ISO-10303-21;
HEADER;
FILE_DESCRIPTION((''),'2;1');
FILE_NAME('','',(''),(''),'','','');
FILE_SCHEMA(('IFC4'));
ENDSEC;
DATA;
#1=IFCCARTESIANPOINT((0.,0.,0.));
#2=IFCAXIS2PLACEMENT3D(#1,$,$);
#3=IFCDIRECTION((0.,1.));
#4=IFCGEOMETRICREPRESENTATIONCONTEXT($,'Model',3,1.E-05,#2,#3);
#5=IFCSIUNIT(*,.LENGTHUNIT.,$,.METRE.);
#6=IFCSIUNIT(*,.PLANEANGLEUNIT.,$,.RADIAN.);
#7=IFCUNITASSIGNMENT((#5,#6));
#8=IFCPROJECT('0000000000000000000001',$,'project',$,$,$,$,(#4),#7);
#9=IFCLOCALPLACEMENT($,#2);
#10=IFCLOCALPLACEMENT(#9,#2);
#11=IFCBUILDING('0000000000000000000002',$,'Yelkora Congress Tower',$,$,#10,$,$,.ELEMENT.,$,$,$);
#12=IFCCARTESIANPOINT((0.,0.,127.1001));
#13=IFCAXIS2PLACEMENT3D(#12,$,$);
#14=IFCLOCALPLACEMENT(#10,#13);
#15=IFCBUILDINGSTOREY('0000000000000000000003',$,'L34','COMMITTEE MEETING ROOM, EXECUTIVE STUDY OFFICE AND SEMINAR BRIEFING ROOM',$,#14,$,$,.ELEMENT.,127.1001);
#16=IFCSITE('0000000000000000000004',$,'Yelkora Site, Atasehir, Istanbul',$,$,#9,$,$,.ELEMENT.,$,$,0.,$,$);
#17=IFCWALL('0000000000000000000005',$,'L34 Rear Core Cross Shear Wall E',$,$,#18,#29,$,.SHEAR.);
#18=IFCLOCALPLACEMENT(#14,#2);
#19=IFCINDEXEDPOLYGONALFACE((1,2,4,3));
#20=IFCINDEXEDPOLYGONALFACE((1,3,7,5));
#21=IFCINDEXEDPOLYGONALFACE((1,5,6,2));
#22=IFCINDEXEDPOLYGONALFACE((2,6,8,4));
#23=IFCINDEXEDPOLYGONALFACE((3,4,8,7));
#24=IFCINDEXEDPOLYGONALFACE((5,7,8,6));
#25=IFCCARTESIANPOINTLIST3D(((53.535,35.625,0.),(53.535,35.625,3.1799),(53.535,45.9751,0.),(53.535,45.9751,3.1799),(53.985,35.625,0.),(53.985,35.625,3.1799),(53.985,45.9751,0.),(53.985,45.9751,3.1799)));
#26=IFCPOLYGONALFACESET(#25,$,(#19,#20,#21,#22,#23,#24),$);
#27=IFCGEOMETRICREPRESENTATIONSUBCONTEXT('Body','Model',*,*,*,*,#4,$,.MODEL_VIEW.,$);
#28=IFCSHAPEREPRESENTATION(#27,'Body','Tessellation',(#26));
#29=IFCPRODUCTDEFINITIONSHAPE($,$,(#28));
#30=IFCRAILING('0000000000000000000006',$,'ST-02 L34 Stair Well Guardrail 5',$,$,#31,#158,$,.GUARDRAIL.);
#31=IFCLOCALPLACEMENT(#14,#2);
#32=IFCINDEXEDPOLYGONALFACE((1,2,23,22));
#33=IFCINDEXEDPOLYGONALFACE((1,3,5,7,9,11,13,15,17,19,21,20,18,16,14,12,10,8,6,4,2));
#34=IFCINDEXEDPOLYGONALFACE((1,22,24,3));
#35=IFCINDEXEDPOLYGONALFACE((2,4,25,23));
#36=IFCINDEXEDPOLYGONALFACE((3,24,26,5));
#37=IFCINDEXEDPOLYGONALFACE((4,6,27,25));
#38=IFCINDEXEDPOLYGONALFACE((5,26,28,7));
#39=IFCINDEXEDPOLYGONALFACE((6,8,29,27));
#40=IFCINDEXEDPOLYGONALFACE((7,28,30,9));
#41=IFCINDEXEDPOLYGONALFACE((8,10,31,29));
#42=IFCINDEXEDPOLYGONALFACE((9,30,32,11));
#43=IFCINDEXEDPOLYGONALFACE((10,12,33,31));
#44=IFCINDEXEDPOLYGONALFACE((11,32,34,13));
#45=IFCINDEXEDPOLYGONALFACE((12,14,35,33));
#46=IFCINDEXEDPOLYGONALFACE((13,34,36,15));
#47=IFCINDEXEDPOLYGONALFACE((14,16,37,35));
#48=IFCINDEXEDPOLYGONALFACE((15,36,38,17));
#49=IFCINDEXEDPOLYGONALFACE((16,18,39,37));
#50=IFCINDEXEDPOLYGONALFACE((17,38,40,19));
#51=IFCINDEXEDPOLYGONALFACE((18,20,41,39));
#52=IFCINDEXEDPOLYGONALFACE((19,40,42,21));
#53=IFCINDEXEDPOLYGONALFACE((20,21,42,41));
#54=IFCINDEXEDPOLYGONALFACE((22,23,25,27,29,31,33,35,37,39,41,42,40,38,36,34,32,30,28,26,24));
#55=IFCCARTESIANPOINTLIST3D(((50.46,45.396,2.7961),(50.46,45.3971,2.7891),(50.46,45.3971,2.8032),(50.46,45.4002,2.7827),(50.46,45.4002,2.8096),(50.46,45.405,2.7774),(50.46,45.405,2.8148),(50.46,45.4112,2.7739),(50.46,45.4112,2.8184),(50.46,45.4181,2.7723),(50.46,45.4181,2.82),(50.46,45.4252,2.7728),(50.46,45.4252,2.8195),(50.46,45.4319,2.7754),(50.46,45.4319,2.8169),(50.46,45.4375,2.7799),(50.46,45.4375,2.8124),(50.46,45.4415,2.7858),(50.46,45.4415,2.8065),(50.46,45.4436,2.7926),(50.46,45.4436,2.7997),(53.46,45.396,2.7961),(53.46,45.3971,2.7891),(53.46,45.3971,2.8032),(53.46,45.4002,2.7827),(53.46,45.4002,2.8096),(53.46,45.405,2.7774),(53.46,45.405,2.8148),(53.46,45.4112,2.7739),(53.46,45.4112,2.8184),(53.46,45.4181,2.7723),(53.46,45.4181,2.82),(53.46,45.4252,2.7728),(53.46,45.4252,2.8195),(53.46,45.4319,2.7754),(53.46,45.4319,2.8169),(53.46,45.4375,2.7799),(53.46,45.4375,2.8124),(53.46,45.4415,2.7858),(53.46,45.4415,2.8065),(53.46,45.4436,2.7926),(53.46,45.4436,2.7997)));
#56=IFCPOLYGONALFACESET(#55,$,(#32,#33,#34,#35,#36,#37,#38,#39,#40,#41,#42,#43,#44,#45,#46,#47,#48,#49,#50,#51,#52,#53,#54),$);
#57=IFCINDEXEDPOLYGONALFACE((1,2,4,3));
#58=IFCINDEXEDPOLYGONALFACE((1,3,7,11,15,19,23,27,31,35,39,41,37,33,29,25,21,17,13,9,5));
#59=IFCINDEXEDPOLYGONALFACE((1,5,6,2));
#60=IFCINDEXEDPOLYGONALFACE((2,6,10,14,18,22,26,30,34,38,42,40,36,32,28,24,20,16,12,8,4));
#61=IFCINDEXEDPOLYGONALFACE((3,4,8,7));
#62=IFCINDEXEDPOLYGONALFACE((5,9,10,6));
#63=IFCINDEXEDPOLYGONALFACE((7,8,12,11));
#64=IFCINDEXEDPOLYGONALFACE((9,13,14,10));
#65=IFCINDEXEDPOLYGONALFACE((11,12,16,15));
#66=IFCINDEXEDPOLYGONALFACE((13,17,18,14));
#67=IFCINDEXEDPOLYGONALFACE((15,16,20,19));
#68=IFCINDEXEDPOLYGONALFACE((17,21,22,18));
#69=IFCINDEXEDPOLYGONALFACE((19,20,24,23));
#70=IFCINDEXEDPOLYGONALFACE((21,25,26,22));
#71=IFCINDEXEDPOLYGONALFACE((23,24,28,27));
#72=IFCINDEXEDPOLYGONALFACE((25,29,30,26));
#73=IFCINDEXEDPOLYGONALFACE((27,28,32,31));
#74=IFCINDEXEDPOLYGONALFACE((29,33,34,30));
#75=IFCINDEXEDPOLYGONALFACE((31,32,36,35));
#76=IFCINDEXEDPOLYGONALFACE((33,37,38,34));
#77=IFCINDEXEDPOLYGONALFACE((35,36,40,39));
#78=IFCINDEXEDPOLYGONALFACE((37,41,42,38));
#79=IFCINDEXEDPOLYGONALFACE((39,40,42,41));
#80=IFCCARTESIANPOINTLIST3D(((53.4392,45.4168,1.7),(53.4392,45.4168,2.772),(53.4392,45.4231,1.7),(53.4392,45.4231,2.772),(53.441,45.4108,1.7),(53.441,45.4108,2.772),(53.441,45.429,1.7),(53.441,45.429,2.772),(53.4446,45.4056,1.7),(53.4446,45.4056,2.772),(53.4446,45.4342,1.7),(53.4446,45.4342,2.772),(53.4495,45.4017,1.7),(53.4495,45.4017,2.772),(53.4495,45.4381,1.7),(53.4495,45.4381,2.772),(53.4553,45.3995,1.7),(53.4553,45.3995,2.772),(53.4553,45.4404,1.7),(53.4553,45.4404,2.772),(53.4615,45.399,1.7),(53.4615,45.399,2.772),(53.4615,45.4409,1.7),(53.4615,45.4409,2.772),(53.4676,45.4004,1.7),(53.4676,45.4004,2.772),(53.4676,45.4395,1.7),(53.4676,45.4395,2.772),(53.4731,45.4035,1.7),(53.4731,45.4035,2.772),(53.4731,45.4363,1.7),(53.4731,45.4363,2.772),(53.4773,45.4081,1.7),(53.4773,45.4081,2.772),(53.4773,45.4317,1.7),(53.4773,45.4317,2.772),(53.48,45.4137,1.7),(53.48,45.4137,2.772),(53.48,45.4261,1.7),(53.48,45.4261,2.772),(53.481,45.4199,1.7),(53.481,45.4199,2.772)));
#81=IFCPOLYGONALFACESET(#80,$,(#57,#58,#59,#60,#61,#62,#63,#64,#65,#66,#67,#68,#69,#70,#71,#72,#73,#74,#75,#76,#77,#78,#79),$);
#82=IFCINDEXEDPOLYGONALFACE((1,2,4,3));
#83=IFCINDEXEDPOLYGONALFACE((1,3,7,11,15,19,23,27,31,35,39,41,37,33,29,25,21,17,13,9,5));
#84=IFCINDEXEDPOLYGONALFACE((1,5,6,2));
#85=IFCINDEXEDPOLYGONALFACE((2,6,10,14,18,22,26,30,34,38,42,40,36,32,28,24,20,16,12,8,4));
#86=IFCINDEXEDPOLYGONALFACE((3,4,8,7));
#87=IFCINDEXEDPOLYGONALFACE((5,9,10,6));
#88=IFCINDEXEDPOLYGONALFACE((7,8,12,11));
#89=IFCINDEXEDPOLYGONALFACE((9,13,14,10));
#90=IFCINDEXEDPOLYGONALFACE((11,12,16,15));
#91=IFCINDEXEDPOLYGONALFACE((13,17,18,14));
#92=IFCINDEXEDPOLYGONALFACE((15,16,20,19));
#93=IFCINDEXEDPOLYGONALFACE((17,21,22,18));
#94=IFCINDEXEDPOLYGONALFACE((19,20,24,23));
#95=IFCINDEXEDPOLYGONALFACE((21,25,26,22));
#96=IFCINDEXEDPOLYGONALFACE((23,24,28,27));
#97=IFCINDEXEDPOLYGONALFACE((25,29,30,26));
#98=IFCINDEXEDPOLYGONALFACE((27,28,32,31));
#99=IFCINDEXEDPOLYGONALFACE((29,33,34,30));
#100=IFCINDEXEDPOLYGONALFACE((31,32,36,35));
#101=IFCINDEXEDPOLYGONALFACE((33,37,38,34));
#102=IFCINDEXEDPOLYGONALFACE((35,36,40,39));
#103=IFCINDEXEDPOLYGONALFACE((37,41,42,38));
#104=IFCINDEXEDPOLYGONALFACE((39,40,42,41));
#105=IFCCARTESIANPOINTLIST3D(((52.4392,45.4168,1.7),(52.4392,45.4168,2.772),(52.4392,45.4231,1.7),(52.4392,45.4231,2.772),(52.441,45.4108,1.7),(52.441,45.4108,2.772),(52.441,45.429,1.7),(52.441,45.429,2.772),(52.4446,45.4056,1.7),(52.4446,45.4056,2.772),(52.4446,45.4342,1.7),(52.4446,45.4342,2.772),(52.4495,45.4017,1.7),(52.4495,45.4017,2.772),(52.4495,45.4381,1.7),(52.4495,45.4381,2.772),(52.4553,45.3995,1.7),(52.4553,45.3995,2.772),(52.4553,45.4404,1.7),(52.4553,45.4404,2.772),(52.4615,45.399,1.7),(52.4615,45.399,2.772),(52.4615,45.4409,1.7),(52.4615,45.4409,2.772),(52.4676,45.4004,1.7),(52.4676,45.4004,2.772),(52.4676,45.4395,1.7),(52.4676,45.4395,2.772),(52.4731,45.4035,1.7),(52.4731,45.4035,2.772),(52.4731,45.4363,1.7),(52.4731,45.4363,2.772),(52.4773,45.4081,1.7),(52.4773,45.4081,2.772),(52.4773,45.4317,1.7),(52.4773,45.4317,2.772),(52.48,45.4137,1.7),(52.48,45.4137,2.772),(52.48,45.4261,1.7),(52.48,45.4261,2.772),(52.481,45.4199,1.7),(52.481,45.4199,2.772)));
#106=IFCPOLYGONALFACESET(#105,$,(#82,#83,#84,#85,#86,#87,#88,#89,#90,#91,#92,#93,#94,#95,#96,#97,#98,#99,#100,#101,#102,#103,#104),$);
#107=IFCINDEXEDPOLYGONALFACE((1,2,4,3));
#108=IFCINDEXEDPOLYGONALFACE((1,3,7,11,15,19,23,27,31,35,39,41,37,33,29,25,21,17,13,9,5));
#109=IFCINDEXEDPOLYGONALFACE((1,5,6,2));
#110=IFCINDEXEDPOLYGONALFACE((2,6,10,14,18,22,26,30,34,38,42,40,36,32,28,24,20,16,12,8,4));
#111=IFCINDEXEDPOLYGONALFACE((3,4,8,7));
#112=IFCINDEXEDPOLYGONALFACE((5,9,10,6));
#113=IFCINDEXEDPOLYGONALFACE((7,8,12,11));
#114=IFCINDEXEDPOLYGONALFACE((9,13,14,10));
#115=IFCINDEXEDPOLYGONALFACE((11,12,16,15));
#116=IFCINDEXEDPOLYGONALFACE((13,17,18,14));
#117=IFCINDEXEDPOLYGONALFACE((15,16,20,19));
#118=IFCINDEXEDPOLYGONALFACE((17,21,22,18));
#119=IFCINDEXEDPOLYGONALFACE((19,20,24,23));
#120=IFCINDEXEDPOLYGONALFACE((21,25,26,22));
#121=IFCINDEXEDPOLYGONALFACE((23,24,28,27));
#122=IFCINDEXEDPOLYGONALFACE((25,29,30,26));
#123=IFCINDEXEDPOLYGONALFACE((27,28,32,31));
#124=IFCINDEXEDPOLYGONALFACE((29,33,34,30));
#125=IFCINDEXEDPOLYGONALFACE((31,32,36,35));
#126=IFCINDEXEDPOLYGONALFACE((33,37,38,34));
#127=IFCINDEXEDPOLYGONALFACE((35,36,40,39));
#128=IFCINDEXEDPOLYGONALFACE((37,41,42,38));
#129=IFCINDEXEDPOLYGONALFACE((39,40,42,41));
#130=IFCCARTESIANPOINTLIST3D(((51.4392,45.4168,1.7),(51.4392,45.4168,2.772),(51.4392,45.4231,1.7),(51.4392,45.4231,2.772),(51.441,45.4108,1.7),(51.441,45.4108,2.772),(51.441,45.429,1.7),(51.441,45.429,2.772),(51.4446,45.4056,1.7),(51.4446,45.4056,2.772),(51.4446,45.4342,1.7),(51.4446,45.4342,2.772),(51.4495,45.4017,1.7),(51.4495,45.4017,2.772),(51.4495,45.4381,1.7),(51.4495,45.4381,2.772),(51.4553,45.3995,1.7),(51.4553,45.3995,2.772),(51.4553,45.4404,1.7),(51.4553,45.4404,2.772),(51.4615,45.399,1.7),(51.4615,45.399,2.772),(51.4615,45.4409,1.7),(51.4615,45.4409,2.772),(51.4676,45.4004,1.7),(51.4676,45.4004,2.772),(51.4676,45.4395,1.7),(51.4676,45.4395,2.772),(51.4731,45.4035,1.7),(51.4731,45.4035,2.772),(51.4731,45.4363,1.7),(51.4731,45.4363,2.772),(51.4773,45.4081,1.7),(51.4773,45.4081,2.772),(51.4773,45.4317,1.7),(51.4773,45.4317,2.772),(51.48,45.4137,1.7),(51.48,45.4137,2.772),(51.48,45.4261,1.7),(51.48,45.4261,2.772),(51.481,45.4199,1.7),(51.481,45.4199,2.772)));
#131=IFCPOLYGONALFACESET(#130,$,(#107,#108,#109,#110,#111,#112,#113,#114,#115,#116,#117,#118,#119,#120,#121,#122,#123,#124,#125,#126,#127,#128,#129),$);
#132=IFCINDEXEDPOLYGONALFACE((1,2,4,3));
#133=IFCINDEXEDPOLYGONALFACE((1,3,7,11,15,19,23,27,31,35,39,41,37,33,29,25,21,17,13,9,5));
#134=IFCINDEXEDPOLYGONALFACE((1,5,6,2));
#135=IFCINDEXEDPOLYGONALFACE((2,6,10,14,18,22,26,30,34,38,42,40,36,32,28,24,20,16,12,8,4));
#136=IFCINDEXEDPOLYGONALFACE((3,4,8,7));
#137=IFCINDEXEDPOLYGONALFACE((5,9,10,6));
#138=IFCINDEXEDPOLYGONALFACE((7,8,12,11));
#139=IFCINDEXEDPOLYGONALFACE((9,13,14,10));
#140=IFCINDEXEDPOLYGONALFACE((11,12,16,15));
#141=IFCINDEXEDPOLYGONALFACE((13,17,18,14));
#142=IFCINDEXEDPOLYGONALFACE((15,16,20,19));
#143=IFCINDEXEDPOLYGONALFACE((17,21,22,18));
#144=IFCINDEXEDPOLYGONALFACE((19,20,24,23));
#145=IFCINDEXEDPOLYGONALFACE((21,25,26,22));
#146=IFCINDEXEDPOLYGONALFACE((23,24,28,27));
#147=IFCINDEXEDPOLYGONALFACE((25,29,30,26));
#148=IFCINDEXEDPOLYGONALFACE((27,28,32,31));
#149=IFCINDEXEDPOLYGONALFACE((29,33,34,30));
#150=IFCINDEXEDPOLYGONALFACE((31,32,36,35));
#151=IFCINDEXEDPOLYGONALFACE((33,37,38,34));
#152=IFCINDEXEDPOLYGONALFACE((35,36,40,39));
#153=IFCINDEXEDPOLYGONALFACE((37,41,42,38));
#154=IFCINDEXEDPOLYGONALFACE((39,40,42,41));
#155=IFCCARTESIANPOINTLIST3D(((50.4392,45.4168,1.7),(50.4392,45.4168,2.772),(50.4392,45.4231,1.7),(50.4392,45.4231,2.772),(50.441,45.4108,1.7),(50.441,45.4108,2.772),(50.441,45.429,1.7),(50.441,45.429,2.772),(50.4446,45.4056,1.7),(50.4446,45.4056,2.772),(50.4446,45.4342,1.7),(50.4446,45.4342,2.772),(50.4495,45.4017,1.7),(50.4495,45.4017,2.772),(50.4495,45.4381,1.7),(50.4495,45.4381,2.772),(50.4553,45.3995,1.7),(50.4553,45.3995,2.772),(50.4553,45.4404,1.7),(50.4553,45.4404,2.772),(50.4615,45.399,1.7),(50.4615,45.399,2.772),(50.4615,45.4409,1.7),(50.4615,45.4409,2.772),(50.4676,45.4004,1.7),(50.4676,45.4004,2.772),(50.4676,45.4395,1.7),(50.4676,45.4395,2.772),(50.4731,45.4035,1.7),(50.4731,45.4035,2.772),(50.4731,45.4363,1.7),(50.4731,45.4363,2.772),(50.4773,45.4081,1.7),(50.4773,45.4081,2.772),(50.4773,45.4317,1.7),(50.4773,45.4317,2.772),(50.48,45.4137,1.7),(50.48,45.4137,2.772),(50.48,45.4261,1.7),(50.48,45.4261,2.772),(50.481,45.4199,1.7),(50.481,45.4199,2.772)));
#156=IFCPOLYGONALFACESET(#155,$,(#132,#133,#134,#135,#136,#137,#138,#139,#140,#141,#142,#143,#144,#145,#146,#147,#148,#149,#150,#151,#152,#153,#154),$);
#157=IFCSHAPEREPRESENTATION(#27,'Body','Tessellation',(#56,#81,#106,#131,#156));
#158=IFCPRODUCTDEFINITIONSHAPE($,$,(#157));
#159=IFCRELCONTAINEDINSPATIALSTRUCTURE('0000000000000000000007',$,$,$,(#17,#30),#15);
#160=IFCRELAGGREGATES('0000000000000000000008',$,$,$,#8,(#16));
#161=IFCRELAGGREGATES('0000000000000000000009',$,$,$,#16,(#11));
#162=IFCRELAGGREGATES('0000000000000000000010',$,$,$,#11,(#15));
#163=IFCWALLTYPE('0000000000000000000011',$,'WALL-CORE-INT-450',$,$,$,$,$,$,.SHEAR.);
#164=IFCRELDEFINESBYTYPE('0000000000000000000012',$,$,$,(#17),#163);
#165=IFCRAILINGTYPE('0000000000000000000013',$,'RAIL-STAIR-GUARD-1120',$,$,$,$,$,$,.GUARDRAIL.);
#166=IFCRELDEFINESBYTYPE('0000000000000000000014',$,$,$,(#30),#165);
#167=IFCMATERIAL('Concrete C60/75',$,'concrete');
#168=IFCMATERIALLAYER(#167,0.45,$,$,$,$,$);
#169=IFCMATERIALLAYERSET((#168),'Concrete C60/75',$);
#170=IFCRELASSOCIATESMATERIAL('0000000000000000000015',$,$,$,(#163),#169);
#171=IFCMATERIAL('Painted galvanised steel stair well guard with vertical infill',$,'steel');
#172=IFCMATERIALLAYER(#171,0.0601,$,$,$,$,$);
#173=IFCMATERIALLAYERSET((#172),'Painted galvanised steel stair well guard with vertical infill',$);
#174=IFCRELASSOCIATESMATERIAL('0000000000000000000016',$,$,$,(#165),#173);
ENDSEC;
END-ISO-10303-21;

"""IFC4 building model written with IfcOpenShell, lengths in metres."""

from ifc_helpers import new_model, si_unit, direction, frame, frame_2d, origin, origin_2d, place, context, subcontext, project, spatial, rectangle, circle, extrude, material, layer, layer_set, type_object, element, save


model = new_model("IFC4")

# Units and contexts
model_context = context("Model", 3, precision=1e-05, world=origin(), true_north=direction((0.0, 1.0)))
body_context = subcontext(model_context, "Body", "Model", "MODEL_VIEW")
ifc_project = project(units=[si_unit("LENGTHUNIT", "METRE"), si_unit("PLANEANGLEUNIT", "RADIAN")], contexts=[model_context])

# Site, building, storey
site_placement = place(None, origin())
site = spatial("IfcSite", under=ifc_project, at=site_placement, Name="Yelkora Site, Atasehir, Istanbul", CompositionType="ELEMENT", RefElevation=0.0)
building_placement = place(site_placement, origin())
building = spatial("IfcBuilding", under=site, at=building_placement, Name="Yelkora Congress Tower", CompositionType="ELEMENT")
storey_placement = place(building_placement, frame((0.0, 0.0, 127.1001)))
storey = spatial("IfcBuildingStorey", under=building, at=storey_placement, Name="L34", Description="COMMITTEE MEETING ROOM, EXECUTIVE STUDY OFFICE AND SEMINAR BRIEFING ROOM", CompositionType="ELEMENT", Elevation=127.1001)

# Wall
ifc_material_1 = material(Name="Concrete C60/75", Category="concrete")
ifc_layer_1 = layer(ifc_material_1, 0.45)
ifc_layer_set_1 = layer_set([ifc_layer_1], Name="Concrete C60/75")
wall_type = type_object("IfcWallType", Name="WALL-CORE-INT-450", PredefinedType="SHEAR", material=ifc_layer_set_1)
wall_placement = place(storey_placement, frame((53.76, 35.625, 0.0), z_axis=(0.0, 0.0, 1.0), x_axis=(0.0, 1.0, 0.0)))
element("IfcWall", 1, at=wall_placement, inside=storey, type_object=wall_type, Name="L34 Rear Core Cross Shear Wall E", PredefinedType="SHEAR", context=body_context, shape_type="SweptSolid", body=[
    extrude(rectangle(XDim=10.3501, YDim=0.45, at=frame_2d((5.175, 0.0))), origin(), (0.0, 0.0, 1.0), 3.1799),
])

# Railing
ifc_material_2 = material(Name="Painted galvanised steel stair well guard with vertical infill", Category="steel")
ifc_layer_2 = layer(ifc_material_2, 0.0601)
ifc_layer_set_2 = layer_set([ifc_layer_2], Name="Painted galvanised steel stair well guard with vertical infill")
railing_type = type_object("IfcRailingType", Name="RAIL-STAIR-GUARD-1120", PredefinedType="GUARDRAIL", material=ifc_layer_set_2)
railing_1_placement = place(storey_placement, frame((53.46, 45.4199, 1.7)))
element("IfcRailing", 2, at=railing_1_placement, inside=storey, type_object=railing_type, Name="ST-02 L34 Stair Well Guardrail 5", PredefinedType="GUARDRAIL", context=body_context, shape_type="SweptSolid", body=[
    extrude(circle(Radius=0.0239, at=origin_2d()), frame((0.0, 0.0, 1.0962), z_axis=(-1.0, 0.0, 0.0), x_axis=(0.0, -1.0, 0.0)), (0.0, 0.0, 1.0), 3.0),
    extrude(circle(Radius=0.021, at=origin_2d()), origin(), (0.0, 0.0, 1.0), 1.072),
    extrude(circle(Radius=0.021, at=origin_2d()), frame((-1.0, 0.0, 0.0)), (0.0, 0.0, 1.0), 1.072),
    extrude(circle(Radius=0.021, at=origin_2d()), frame((-2.0, 0.0, 0.0)), (0.0, 0.0, 1.0), 1.072),
    extrude(circle(Radius=0.021, at=origin_2d()), frame((-3.0, 0.0, 0.0)), (0.0, 0.0, 1.0), 1.072),
])

save(model, "model.ifc")
